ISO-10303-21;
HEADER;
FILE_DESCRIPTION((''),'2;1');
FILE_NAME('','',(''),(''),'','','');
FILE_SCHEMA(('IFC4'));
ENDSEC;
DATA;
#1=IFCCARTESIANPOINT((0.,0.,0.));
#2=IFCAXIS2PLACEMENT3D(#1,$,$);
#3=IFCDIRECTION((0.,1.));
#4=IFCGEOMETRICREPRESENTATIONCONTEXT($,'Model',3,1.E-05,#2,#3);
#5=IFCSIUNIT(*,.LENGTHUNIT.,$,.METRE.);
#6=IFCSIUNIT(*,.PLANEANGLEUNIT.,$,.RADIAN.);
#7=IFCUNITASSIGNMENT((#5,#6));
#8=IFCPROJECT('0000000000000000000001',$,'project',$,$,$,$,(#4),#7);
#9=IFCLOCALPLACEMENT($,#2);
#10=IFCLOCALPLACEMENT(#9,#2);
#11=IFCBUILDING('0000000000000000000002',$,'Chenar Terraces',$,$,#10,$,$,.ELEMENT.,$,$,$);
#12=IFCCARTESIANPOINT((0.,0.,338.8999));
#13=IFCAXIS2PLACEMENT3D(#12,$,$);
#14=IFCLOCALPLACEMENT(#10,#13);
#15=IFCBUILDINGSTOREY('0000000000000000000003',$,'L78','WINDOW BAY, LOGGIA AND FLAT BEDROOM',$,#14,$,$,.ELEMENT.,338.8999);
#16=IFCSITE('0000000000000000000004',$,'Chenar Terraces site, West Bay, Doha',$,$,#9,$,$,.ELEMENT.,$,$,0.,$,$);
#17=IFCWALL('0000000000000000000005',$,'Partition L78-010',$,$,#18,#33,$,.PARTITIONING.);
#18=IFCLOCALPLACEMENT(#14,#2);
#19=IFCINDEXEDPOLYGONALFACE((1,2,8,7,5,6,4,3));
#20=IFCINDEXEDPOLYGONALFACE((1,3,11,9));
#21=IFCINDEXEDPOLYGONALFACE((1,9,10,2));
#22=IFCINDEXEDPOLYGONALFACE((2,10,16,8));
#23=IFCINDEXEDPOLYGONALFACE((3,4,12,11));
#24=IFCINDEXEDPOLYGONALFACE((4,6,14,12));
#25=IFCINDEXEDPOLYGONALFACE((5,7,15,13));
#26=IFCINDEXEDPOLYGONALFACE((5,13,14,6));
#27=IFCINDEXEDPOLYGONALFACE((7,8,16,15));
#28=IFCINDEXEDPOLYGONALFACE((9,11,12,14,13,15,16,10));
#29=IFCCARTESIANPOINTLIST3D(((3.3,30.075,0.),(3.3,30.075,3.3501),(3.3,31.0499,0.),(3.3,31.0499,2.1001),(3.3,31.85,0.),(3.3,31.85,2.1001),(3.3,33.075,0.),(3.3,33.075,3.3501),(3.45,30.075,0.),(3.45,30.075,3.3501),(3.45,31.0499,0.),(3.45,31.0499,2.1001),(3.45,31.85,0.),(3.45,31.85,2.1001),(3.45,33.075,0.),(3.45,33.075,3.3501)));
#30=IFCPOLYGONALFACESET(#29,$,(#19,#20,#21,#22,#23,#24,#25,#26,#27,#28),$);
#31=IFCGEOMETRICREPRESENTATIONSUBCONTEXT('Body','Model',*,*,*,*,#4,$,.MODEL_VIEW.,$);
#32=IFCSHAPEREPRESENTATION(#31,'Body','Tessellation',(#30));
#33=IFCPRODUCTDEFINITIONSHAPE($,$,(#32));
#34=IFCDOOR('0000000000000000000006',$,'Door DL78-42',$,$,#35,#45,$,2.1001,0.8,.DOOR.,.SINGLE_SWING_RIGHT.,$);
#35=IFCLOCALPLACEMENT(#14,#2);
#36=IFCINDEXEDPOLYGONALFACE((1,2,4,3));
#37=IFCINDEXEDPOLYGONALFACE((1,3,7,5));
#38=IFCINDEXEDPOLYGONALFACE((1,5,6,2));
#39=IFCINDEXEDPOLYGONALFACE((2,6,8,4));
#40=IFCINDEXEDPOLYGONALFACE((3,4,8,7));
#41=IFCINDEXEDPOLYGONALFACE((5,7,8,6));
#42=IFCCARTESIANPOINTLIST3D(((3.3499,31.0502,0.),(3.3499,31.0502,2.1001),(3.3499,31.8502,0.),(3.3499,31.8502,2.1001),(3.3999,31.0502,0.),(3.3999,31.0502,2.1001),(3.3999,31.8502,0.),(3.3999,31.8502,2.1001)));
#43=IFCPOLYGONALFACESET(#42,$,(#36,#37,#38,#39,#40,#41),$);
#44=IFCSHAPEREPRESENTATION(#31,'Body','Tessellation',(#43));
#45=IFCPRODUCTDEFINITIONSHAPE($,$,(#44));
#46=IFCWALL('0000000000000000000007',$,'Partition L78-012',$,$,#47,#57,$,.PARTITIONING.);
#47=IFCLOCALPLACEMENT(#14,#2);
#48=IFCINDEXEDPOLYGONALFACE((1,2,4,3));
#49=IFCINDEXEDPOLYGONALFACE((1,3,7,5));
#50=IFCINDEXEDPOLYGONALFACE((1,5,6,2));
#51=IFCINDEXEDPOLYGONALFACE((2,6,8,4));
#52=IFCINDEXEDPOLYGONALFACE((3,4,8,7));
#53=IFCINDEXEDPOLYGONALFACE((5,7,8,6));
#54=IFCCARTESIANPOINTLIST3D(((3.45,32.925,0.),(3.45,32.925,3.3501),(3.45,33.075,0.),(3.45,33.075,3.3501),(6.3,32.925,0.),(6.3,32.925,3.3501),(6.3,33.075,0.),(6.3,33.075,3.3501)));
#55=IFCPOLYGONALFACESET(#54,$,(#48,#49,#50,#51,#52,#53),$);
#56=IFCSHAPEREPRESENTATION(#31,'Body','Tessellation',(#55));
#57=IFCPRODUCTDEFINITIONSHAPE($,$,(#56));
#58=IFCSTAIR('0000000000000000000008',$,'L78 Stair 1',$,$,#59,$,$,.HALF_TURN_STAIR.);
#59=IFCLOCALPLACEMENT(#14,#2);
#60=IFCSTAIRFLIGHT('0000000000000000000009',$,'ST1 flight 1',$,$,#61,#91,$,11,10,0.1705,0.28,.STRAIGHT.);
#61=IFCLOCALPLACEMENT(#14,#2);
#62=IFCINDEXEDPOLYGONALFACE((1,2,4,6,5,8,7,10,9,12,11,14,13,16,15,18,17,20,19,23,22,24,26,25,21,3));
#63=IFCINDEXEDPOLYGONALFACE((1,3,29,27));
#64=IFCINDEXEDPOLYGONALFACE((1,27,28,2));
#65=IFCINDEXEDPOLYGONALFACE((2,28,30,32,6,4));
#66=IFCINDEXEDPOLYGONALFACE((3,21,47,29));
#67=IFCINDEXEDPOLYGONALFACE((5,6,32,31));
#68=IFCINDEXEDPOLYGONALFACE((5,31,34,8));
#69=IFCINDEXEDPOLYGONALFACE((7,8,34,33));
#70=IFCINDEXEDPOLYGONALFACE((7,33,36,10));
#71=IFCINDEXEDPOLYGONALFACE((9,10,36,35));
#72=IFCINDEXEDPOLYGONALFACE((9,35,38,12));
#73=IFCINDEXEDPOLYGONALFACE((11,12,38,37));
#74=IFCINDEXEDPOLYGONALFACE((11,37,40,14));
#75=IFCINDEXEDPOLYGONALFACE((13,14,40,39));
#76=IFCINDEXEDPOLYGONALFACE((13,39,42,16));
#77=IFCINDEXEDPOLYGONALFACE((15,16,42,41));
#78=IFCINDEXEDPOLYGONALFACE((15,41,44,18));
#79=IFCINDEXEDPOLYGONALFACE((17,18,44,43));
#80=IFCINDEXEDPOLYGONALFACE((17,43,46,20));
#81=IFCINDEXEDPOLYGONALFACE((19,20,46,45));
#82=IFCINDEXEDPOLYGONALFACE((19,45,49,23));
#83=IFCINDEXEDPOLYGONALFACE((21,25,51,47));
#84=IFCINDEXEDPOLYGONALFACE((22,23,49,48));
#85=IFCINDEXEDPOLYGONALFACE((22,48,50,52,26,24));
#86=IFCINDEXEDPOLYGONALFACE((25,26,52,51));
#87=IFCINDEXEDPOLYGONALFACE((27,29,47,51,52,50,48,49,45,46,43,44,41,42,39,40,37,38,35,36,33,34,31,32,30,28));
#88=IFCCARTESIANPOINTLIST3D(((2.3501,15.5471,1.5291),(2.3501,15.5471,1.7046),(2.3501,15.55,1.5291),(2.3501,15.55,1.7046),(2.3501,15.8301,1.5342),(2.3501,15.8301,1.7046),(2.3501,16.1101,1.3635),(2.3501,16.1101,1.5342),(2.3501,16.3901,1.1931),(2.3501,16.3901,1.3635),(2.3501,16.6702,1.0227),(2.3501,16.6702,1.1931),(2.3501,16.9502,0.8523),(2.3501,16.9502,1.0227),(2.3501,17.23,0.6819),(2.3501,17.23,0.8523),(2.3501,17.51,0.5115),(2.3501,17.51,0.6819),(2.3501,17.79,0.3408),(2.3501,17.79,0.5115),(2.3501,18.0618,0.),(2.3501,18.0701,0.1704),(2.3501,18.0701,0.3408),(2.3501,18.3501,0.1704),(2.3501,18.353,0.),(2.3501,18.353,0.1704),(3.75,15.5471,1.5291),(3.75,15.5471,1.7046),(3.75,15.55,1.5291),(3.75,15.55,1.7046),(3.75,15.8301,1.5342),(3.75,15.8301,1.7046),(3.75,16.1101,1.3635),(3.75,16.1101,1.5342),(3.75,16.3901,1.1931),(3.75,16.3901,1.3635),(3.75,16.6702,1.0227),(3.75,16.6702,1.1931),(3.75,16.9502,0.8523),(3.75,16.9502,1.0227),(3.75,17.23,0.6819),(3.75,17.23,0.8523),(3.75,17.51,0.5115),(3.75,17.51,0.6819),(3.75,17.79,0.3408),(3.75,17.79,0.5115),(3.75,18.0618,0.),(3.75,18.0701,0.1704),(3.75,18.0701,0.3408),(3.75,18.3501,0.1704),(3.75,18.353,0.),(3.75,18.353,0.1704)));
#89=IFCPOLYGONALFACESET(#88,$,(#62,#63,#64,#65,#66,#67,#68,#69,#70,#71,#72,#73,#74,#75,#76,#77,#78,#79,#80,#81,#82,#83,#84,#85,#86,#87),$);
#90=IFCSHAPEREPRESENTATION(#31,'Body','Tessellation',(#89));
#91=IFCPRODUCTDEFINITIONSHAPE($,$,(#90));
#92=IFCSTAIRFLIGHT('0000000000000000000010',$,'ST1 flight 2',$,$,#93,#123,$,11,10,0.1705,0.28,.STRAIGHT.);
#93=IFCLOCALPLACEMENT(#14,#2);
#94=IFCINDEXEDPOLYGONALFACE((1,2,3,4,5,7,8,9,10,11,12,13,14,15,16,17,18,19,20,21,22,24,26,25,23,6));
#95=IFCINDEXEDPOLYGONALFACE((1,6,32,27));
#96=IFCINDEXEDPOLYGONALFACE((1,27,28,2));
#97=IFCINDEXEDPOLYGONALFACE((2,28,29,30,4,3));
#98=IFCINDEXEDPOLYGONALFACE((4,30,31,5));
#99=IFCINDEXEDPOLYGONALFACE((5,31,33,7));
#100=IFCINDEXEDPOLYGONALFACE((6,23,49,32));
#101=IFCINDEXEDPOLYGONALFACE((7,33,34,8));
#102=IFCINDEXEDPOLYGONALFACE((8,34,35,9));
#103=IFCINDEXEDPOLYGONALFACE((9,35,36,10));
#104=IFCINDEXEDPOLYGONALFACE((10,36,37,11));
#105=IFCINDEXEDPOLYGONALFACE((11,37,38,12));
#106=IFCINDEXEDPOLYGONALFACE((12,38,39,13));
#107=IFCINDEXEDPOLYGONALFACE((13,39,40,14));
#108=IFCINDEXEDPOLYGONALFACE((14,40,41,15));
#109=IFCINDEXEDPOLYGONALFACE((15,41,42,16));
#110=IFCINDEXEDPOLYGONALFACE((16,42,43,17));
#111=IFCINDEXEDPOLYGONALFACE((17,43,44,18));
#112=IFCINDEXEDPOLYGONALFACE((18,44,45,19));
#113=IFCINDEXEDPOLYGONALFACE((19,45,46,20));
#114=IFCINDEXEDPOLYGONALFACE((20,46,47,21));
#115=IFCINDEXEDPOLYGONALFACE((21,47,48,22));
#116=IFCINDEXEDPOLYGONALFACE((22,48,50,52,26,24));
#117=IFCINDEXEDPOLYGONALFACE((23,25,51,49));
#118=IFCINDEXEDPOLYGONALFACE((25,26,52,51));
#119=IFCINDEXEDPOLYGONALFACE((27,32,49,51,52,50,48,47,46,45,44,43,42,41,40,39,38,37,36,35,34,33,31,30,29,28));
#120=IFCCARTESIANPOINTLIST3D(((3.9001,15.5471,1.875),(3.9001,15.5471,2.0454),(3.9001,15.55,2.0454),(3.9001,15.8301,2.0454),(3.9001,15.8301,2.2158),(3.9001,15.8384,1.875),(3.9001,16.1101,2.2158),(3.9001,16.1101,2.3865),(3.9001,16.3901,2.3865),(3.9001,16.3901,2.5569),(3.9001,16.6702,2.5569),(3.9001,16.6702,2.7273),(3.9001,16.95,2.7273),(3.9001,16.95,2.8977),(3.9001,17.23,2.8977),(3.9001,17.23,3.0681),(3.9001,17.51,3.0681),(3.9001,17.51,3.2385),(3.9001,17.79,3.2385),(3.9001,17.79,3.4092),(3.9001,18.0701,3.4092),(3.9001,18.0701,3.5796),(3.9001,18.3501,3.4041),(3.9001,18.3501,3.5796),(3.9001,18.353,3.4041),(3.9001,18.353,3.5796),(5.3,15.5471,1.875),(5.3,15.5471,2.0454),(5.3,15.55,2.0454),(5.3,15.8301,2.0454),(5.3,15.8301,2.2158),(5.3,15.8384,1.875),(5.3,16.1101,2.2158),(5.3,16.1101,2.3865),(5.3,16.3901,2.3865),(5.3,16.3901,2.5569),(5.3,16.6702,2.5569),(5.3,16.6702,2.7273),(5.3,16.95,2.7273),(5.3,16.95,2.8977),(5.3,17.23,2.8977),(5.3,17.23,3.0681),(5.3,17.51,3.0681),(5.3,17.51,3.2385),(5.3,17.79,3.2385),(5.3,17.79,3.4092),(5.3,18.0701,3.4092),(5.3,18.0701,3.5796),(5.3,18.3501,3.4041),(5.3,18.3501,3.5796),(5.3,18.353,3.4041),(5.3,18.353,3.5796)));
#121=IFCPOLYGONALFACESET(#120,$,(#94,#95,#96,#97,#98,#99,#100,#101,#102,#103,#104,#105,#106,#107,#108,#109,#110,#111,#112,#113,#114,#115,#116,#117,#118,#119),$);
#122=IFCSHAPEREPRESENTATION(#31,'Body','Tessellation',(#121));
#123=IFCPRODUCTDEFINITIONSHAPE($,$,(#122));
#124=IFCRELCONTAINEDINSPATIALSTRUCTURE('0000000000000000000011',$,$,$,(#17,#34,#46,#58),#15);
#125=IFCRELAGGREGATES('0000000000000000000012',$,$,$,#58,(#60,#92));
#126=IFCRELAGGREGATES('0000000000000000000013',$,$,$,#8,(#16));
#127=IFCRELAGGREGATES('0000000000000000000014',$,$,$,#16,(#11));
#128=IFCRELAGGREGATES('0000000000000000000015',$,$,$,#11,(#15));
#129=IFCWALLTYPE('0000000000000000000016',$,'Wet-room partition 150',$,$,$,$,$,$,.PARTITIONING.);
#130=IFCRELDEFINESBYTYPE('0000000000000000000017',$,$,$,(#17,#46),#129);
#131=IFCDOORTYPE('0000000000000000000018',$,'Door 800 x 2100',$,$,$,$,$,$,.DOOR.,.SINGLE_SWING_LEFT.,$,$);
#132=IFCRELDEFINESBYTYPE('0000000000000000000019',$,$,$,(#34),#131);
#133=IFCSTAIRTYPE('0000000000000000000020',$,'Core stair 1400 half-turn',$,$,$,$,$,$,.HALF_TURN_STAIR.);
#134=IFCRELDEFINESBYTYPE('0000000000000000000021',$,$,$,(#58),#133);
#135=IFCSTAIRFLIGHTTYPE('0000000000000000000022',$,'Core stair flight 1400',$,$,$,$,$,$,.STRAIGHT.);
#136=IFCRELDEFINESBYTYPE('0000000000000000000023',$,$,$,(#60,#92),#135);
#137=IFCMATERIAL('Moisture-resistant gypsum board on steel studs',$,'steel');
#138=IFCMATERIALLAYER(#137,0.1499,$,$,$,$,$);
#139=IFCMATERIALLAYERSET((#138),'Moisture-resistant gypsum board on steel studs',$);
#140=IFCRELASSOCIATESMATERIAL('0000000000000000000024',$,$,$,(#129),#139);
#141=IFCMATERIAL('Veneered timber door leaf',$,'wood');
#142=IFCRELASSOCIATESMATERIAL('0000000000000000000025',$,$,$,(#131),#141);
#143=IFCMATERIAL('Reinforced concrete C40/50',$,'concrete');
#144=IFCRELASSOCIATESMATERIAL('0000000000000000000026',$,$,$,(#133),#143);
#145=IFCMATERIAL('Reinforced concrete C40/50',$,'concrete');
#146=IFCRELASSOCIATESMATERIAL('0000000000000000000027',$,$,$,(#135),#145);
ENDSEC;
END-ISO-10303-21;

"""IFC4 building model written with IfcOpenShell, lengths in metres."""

from ifc_helpers import new_model, si_unit, direction, frame, frame_2d, origin, place, context, subcontext, project, spatial, polyline, rectangle, outline, extrude, material, layer, layer_set, type_object, element, fill, aggregate, save


model = new_model("IFC4")

# Units and contexts
model_context = context("Model", 3, precision=1e-05, world=origin(), true_north=direction((0.0, 1.0)))
body_context = subcontext(model_context, "Body", "Model", "MODEL_VIEW")
ifc_project = project(units=[si_unit("LENGTHUNIT", "METRE"), si_unit("PLANEANGLEUNIT", "RADIAN")], contexts=[model_context])

# Site, building, storey
site_placement = place(None, origin())
site = spatial("IfcSite", under=ifc_project, at=site_placement, Name="Chenar Terraces site, West Bay, Doha", CompositionType="ELEMENT", RefElevation=0.0)
building_placement = place(site_placement, origin())
building = spatial("IfcBuilding", under=site, at=building_placement, Name="Chenar Terraces", CompositionType="ELEMENT")
storey_placement = place(building_placement, frame((0.0, 0.0, 338.8999)))
storey = spatial("IfcBuildingStorey", under=building, at=storey_placement, Name="L78", Description="WINDOW BAY, LOGGIA AND FLAT BEDROOM", CompositionType="ELEMENT", Elevation=338.8999)

# Shared definitions
ifc_material_1 = material(Name="Moisture-resistant gypsum board on steel studs", Category="steel")
ifc_layer_1 = layer(ifc_material_1, 0.1499)
ifc_layer_set_1 = layer_set([ifc_layer_1], Name="Moisture-resistant gypsum board on steel studs")
wall_type_1 = type_object("IfcWallType", Name="Wet-room partition 150", PredefinedType="PARTITIONING", material=ifc_layer_set_1)

# Wall, opening, door
wall_1_placement = place(storey_placement, frame((3.375, 30.075, 0.0), z_axis=(0.0, 0.0, 1.0), x_axis=(0.0, 1.0, 0.0)))
wall_1 = element("IfcWall", 1, at=wall_1_placement, inside=storey, type_object=wall_type_1, Name="Partition L78-010", PredefinedType="PARTITIONING", context=body_context, shape_type="SweptSolid", body=[
    extrude(rectangle(XDim=3.0, YDim=0.1499, at=frame_2d((1.5, 0.0))), origin(), (0.0, 0.0, 1.0), 3.3501),
])
opening_1_placement = place(wall_1_placement, frame((0.9751, 0.0, 0.0)))
opening_1 = element("IfcOpeningElement", 2, at=opening_1_placement, cuts=wall_1, PredefinedType="OPENING", context=body_context, shape_type="SweptSolid", body=[
    extrude(rectangle(XDim=0.8, YDim=2.1001, at=frame_2d((0.3999, 1.05))), frame((0.0, 0.085, 0.0), z_axis=(0.0, -1.0, 0.0), x_axis=(1.0, 0.0, 0.0)), (0.0, 0.0, 1.0), 0.1699),
])
ifc_material_2 = material(Name="Veneered timber door leaf", Category="wood")
door_type_1 = type_object("IfcDoorType", Name="Door 800 x 2100", OperationType="SINGLE_SWING_LEFT", PredefinedType="DOOR", material=ifc_material_2)
door_1_placement = place(opening_1_placement, frame((0.8, 0.0, 0.0), z_axis=(0.0, 0.0, 1.0), x_axis=(-1.0, 0.0, 0.0)))
door_1 = element("IfcDoor", 3, at=door_1_placement, inside=storey, type_object=door_type_1, Name="Door DL78-42", OperationType="SINGLE_SWING_RIGHT", OverallHeight=2.1001, OverallWidth=0.8, PredefinedType="DOOR", context=body_context, shape_type="SweptSolid", body=[
    extrude(rectangle(XDim=0.8, YDim=2.1001, at=frame_2d((0.3999, 1.05))), frame((0.0, 0.0249, 0.0), z_axis=(0.0, -1.0, 0.0), x_axis=(1.0, 0.0, 0.0)), (0.0, 0.0, 1.0), 0.05),
])
fill(opening_1, door_1)

# Wall
wall_2_placement = place(storey_placement, frame((3.45, 33.0, 0.0), z_axis=(0.0, 0.0, 1.0), x_axis=(1.0, 0.0, 0.0)))
element("IfcWall", 4, at=wall_2_placement, inside=storey, type_object=wall_type_1, Name="Partition L78-012", PredefinedType="PARTITIONING", context=body_context, shape_type="SweptSolid", body=[
    extrude(rectangle(XDim=2.8501, YDim=0.1499, at=frame_2d((1.425, 0.0))), origin(), (0.0, 0.0, 1.0), 3.3501),
])

# Stair, stair flights
ifc_material_3 = material(Name="Reinforced concrete C40/50", Category="concrete")
stair_type = type_object("IfcStairType", Name="Core stair 1400 half-turn", PredefinedType="HALF_TURN_STAIR", material=ifc_material_3)
stair_placement = place(storey_placement, origin())
stair = element("IfcStair", 5, at=stair_placement, inside=storey, type_object=stair_type, Name="L78 Stair 1", PredefinedType="HALF_TURN_STAIR")
ifc_material_4 = material(Name="Reinforced concrete C40/50", Category="concrete")
stair_flight_type = type_object("IfcStairFlightType", Name="Core stair flight 1400", PredefinedType="STRAIGHT", material=ifc_material_4)
stair_flight_1_placement = place(storey_placement, frame((3.05, 18.3501, 0.0), z_axis=(0.0, 0.0, 1.0), x_axis=(0.0, -1.0, 0.0)))
stair_flight_1 = element("IfcStairFlight", 6, at=stair_flight_1_placement, type_object=stair_flight_type, Name="ST1 flight 1", NumberOfRisers=11, NumberOfTreads=10, PredefinedType="STRAIGHT", RiserHeight=0.1705, TreadLength=0.28, context=body_context, shape_type="SweptSolid", body=[
    extrude(outline(polyline([(-0.0029, 0.0), (-0.0029, 0.1704), (0.0, 0.1704), (0.28, 0.1704), (0.28, 0.3408), (0.5601, 0.3408), (0.5601, 0.5115), (0.8401, 0.5115), (0.8401, 0.6819), (1.1201, 0.6819), (1.1201, 0.8523), (1.3999, 0.8523), (1.3999, 1.0227), (1.6799, 1.0227), (1.6799, 1.1931), (1.96, 1.1931), (1.96, 1.3635), (2.24, 1.3635), (2.24, 1.5342), (2.52, 1.5342), (2.52, 1.7046), (2.8, 1.7046), (2.803, 1.7046), (2.803, 1.5291), (2.8, 1.5291), (0.2883, 0.0), (-0.0029, 0.0)])), frame((0.0, 0.7, 0.0), z_axis=(0.0, -1.0, 0.0), x_axis=(1.0, 0.0, 0.0)), (0.0, 0.0, 1.0), 1.3999),
])
stair_flight_2_placement = place(storey_placement, frame((4.6001, 15.55, 1.875), z_axis=(0.0, 0.0, 1.0), x_axis=(0.0, 1.0, 0.0)))
stair_flight_2 = element("IfcStairFlight", 7, at=stair_flight_2_placement, type_object=stair_flight_type, Name="ST1 flight 2", NumberOfRisers=11, NumberOfTreads=10, PredefinedType="STRAIGHT", RiserHeight=0.1705, TreadLength=0.28, context=body_context, shape_type="SweptSolid", body=[
    extrude(outline(polyline([(-0.0029, 0.0), (-0.0029, 0.1704), (0.0, 0.1704), (0.28, 0.1704), (0.28, 0.3408), (0.5601, 0.3408), (0.5601, 0.5115), (0.8401, 0.5115), (0.8401, 0.6819), (1.1201, 0.6819), (1.1201, 0.8523), (1.3999, 0.8523), (1.3999, 1.0227), (1.6799, 1.0227), (1.6799, 1.1931), (1.96, 1.1931), (1.96, 1.3635), (2.24, 1.3635), (2.24, 1.5342), (2.52, 1.5342), (2.52, 1.7046), (2.8, 1.7046), (2.803, 1.7046), (2.803, 1.5291), (2.8, 1.5291), (0.2883, 0.0), (-0.0029, 0.0)])), frame((0.0, 0.7, 0.0), z_axis=(0.0, -1.0, 0.0), x_axis=(1.0, 0.0, 0.0)), (0.0, 0.0, 1.0), 1.3999),
])
aggregate(stair, [stair_flight_1, stair_flight_2])

save(model, "model.ifc")
